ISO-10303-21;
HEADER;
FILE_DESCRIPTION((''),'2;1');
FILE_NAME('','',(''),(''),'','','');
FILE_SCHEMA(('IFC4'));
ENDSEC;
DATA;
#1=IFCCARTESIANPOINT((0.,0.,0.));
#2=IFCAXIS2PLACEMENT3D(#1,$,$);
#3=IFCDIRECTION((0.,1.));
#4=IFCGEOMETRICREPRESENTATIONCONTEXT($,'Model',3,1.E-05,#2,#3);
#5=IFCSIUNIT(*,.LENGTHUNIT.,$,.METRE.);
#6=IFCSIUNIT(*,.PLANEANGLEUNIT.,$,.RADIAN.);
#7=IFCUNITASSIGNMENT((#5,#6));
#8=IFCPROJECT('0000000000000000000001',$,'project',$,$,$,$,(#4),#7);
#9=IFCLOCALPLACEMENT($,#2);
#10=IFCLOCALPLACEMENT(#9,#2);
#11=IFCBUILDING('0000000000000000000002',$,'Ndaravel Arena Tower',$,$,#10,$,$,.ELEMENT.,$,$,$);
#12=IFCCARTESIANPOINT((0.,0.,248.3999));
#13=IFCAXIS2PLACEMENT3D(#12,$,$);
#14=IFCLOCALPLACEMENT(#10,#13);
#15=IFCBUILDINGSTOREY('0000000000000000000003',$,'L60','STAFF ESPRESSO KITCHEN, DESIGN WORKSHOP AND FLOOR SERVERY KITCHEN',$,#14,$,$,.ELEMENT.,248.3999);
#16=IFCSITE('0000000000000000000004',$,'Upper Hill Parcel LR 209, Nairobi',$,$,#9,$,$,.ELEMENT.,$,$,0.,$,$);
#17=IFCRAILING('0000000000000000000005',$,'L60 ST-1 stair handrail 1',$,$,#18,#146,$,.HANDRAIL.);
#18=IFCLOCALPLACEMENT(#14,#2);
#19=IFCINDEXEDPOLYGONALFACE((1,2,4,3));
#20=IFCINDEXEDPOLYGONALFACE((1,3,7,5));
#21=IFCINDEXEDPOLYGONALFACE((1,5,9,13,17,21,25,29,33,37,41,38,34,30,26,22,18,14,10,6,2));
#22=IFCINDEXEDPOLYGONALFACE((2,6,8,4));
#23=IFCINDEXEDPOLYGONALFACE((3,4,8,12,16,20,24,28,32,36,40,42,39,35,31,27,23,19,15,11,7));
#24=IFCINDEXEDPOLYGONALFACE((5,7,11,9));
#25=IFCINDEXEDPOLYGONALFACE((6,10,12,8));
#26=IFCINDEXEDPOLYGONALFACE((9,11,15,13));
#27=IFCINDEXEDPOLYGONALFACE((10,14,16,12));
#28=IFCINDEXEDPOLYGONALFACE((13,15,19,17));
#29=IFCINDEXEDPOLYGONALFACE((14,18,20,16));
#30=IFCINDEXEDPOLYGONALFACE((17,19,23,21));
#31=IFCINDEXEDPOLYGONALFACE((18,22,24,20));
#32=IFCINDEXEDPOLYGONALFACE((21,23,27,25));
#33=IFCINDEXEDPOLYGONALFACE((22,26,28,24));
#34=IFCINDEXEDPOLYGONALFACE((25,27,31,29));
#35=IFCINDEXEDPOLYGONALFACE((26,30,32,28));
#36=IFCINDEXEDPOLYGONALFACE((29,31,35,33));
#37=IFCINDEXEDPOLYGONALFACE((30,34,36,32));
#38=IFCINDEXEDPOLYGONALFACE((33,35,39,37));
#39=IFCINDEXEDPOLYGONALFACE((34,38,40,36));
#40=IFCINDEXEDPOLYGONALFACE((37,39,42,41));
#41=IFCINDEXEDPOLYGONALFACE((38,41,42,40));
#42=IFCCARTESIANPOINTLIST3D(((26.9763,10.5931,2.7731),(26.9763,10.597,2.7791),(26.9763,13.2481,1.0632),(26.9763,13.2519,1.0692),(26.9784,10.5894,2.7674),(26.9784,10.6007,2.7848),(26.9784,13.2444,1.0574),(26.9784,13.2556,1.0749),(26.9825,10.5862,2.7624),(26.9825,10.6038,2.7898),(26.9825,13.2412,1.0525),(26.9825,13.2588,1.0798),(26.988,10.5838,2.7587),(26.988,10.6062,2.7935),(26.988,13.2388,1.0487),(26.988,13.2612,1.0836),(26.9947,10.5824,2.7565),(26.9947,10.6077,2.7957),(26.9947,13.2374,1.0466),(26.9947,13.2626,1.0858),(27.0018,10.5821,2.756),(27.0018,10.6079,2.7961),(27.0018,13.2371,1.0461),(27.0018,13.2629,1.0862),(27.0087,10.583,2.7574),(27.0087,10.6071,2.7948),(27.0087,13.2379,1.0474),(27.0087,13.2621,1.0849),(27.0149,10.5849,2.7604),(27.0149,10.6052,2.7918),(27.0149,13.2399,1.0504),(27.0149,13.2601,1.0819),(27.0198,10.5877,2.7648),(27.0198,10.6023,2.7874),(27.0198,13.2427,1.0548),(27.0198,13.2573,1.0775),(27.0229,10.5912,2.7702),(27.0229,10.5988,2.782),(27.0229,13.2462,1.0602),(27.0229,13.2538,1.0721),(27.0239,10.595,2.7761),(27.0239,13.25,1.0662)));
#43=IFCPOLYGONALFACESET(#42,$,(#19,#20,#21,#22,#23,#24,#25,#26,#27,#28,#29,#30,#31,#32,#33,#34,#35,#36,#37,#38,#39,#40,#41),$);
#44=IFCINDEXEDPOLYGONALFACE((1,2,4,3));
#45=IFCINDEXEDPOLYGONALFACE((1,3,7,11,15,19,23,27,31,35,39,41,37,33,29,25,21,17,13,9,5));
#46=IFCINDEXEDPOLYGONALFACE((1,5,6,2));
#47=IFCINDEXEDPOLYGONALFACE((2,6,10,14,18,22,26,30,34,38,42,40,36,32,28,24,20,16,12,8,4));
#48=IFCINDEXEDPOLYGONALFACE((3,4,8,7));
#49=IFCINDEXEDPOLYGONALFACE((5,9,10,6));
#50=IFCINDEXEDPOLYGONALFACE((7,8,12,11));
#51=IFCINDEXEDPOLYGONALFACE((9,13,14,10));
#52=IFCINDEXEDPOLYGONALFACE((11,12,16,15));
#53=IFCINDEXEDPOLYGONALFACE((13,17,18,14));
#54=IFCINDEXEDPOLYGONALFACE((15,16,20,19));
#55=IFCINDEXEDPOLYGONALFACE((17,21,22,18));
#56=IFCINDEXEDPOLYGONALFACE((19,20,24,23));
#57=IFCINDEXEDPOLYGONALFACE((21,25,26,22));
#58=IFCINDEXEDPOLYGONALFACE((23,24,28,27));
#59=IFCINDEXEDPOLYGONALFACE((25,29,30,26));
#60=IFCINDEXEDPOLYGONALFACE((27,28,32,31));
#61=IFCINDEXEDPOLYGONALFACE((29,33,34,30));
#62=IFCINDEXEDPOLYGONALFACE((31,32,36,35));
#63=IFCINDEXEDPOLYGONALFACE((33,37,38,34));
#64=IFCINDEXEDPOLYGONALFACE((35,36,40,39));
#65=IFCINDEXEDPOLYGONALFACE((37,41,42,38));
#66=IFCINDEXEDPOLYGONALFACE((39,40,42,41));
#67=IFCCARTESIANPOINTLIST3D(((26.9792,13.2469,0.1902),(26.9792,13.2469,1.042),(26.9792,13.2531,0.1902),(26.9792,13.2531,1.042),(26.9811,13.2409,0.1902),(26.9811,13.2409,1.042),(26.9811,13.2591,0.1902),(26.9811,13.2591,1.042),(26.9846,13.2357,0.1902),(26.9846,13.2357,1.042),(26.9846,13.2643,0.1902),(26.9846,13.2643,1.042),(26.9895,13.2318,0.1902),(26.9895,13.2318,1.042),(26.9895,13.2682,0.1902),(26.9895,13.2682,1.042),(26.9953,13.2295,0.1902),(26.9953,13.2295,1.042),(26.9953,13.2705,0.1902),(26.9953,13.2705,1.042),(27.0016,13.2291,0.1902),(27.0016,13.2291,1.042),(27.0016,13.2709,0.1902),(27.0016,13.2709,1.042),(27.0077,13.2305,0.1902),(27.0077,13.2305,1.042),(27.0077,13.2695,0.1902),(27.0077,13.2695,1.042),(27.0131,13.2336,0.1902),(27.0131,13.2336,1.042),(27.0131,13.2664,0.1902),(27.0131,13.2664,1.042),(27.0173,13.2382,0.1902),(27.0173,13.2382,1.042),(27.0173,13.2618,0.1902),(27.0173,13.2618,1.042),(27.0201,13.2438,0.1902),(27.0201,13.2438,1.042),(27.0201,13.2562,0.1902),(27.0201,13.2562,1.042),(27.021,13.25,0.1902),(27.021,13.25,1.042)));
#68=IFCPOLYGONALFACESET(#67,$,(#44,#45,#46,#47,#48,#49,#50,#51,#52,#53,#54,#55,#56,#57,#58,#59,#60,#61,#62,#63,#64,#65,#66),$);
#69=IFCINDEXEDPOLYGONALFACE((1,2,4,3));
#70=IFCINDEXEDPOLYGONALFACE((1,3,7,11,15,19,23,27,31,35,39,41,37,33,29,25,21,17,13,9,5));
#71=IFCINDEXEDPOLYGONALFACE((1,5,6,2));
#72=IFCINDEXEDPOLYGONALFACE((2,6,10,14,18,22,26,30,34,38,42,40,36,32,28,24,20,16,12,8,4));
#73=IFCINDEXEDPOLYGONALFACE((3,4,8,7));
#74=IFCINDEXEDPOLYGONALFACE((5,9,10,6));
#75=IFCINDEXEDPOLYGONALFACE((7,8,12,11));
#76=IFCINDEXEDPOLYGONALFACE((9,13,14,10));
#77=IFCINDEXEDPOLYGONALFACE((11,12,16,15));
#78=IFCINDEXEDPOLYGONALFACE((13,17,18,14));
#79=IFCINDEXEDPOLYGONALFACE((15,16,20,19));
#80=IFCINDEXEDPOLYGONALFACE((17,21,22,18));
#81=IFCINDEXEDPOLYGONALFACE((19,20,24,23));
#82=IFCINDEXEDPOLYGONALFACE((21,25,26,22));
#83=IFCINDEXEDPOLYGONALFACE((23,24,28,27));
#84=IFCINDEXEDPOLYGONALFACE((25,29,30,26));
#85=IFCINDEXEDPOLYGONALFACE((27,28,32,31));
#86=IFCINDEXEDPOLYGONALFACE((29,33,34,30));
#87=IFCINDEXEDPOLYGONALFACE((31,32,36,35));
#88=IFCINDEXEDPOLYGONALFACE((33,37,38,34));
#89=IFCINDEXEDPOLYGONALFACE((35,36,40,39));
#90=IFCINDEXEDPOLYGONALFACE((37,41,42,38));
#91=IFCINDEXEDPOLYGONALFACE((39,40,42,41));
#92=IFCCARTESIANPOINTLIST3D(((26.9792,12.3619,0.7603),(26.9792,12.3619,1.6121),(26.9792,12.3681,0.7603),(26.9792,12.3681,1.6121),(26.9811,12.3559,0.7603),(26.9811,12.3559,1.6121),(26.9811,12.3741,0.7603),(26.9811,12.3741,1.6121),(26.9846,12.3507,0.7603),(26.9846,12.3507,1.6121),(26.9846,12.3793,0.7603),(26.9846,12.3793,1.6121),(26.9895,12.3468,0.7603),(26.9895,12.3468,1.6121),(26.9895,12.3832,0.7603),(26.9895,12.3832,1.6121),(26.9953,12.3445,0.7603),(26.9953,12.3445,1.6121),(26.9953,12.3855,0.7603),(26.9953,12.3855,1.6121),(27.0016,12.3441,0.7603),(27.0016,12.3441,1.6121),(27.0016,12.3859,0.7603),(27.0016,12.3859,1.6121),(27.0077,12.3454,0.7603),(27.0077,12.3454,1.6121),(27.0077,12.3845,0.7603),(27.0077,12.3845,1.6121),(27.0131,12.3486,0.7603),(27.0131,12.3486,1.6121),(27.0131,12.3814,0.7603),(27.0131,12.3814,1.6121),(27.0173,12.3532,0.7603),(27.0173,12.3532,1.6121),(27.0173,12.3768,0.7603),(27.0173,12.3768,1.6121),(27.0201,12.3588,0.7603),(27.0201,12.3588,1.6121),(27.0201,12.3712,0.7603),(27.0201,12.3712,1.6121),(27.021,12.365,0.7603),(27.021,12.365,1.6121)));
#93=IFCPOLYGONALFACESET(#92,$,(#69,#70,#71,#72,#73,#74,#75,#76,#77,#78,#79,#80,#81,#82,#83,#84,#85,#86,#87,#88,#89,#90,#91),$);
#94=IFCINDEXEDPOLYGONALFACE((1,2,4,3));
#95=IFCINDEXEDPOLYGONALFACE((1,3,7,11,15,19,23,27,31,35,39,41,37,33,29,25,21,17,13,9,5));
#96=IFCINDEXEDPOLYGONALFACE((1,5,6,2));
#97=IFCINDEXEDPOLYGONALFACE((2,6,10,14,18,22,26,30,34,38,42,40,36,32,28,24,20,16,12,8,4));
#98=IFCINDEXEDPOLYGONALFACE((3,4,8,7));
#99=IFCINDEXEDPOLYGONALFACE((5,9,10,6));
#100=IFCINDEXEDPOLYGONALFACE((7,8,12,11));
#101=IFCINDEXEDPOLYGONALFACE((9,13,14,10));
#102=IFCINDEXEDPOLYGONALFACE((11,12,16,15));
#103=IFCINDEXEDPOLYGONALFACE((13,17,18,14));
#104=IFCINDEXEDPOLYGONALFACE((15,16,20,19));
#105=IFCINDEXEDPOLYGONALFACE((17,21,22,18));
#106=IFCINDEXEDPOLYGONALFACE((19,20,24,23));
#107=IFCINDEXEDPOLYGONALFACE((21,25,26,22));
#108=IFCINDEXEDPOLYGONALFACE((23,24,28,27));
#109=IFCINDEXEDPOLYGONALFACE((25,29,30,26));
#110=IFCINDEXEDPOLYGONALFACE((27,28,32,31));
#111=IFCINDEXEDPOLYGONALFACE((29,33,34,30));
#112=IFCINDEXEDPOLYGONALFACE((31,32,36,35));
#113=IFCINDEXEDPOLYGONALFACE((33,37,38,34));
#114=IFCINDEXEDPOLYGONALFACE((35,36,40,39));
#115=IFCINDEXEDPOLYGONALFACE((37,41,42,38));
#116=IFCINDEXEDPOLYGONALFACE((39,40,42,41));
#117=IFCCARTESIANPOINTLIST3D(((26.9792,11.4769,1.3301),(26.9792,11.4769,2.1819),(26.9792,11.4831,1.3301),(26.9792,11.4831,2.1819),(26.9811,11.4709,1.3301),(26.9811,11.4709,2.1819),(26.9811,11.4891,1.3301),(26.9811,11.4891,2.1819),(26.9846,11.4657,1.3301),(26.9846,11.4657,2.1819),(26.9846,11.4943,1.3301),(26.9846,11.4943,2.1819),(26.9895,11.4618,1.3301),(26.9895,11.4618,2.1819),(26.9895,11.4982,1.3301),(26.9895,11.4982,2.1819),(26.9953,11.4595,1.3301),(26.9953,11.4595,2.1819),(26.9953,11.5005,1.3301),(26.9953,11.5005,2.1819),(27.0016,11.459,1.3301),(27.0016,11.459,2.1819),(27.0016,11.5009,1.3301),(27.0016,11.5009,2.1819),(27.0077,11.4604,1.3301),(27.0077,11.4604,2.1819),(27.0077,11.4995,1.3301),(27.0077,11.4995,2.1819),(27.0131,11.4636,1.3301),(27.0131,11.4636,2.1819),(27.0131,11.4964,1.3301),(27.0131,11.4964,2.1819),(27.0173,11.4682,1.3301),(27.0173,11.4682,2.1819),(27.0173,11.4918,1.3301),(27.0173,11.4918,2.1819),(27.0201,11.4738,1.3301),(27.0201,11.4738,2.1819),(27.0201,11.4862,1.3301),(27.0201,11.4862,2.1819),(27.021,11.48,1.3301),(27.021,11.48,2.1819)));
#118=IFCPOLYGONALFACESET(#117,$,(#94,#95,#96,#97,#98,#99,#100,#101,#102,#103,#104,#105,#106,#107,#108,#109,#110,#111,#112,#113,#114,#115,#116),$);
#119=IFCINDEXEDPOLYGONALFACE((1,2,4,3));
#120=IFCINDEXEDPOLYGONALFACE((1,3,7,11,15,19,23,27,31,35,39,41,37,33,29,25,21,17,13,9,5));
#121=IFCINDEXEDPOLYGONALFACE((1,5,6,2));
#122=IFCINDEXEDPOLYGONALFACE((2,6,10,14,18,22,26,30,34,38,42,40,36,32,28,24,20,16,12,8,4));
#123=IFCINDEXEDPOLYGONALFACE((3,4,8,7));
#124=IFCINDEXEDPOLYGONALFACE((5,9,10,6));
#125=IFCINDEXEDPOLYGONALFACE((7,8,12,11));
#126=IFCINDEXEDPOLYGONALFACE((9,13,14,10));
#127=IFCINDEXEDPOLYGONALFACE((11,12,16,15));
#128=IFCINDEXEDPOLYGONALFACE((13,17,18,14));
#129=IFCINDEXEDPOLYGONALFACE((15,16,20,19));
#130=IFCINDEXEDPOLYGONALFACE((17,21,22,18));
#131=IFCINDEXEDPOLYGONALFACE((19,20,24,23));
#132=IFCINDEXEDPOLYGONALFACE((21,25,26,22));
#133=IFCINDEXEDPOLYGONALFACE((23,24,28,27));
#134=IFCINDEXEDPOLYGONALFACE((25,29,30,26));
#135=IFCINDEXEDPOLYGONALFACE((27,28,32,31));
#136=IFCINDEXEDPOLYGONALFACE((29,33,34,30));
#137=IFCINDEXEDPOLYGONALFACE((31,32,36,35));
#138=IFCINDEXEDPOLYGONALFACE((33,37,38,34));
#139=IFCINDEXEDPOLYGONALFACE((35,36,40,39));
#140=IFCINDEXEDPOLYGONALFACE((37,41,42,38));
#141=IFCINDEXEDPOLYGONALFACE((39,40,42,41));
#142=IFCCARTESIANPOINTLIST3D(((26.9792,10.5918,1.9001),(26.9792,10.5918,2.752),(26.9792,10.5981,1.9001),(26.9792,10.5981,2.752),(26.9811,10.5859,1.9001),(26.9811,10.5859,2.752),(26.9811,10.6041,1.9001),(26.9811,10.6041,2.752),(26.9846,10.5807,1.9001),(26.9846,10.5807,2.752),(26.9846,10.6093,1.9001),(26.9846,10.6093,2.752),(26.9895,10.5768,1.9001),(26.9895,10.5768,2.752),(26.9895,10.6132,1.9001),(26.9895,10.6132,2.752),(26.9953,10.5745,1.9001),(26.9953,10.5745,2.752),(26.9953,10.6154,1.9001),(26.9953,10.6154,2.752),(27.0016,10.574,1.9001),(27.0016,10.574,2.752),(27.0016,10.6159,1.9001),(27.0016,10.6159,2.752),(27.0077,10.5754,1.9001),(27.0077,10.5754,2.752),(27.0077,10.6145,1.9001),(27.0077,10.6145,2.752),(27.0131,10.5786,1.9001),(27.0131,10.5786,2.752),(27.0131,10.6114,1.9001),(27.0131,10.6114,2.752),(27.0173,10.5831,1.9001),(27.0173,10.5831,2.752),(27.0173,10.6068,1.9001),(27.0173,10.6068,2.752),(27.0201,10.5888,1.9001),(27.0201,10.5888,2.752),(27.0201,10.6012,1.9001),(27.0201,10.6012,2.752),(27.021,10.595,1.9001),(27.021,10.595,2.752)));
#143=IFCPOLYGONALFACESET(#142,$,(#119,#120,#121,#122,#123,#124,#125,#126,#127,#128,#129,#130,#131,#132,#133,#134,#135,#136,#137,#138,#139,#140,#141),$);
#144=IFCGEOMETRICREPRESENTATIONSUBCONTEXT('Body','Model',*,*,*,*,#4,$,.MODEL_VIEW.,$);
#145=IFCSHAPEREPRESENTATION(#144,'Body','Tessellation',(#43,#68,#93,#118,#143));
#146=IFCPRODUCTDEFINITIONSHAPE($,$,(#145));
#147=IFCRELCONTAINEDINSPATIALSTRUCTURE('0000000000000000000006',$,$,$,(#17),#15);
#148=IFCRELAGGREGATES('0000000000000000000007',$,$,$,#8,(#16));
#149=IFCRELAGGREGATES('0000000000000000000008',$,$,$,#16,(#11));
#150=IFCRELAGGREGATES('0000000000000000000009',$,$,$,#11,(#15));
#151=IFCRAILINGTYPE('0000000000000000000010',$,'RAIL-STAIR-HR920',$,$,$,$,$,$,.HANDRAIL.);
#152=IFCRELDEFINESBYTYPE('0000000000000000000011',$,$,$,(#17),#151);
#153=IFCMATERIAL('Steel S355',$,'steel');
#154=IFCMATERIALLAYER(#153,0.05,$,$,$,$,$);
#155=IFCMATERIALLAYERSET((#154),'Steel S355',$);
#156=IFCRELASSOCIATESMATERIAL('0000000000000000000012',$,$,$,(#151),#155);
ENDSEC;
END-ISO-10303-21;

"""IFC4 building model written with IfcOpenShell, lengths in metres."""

from ifc_helpers import new_model, si_unit, direction, frame, origin, origin_2d, place, context, subcontext, project, spatial, circle, extrude, material, layer, layer_set, type_object, element, save


model = new_model("IFC4")

# Units and contexts
model_context = context("Model", 3, precision=1e-05, world=origin(), true_north=direction((0.0, 1.0)))
body_context = subcontext(model_context, "Body", "Model", "MODEL_VIEW")
ifc_project = project(units=[si_unit("LENGTHUNIT", "METRE"), si_unit("PLANEANGLEUNIT", "RADIAN")], contexts=[model_context])

# Site, building, storey
site_placement = place(None, origin())
site = spatial("IfcSite", under=ifc_project, at=site_placement, Name="Upper Hill Parcel LR 209, Nairobi", CompositionType="ELEMENT", RefElevation=0.0)
building_placement = place(site_placement, origin())
building = spatial("IfcBuilding", under=site, at=building_placement, Name="Ndaravel Arena Tower", CompositionType="ELEMENT")
storey_placement = place(building_placement, frame((0.0, 0.0, 248.3999)))
storey = spatial("IfcBuildingStorey", under=building, at=storey_placement, Name="L60", Description="STAFF ESPRESSO KITCHEN, DESIGN WORKSHOP AND FLOOR SERVERY KITCHEN", CompositionType="ELEMENT", Elevation=248.3999)

# Railing
ifc_material_1 = material(Name="Steel S355", Category="steel")
ifc_layer_1 = layer(ifc_material_1, 0.05)
ifc_layer_set_1 = layer_set([ifc_layer_1], Name="Steel S355")
railing_type_1 = type_object("IfcRailingType", Name="RAIL-STAIR-HR920", PredefinedType="HANDRAIL", material=ifc_layer_set_1)
railing_1_placement = place(storey_placement, frame((27.0, 13.25, 0.1902)))
element("IfcRailing", 1, at=railing_1_placement, inside=storey, type_object=railing_type_1, Name="L60 ST-1 stair handrail 1", PredefinedType="HANDRAIL", context=body_context, shape_type="SweptSolid", body=[
    extrude(circle(Radius=0.0239, at=origin_2d()), frame((0.0, 0.0, 0.876), z_axis=(0.0, -0.840724, 0.541465), x_axis=(1.0, 0.0, 0.0)), (0.0, 0.0, 1.0), 3.158),
    extrude(circle(Radius=0.021, at=origin_2d()), origin(), (0.0, 0.0, 1.0), 0.8518),
    extrude(circle(Radius=0.021, at=origin_2d()), frame((0.0, -0.885, 0.5701)), (0.0, 0.0, 1.0), 0.8518),
    extrude(circle(Radius=0.021, at=origin_2d()), frame((0.0, -1.77, 1.1399)), (0.0, 0.0, 1.0), 0.8518),
    extrude(circle(Radius=0.021, at=origin_2d()), frame((0.0, -2.655, 1.71)), (0.0, 0.0, 1.0), 0.8518),
])

save(model, "model.ifc")
